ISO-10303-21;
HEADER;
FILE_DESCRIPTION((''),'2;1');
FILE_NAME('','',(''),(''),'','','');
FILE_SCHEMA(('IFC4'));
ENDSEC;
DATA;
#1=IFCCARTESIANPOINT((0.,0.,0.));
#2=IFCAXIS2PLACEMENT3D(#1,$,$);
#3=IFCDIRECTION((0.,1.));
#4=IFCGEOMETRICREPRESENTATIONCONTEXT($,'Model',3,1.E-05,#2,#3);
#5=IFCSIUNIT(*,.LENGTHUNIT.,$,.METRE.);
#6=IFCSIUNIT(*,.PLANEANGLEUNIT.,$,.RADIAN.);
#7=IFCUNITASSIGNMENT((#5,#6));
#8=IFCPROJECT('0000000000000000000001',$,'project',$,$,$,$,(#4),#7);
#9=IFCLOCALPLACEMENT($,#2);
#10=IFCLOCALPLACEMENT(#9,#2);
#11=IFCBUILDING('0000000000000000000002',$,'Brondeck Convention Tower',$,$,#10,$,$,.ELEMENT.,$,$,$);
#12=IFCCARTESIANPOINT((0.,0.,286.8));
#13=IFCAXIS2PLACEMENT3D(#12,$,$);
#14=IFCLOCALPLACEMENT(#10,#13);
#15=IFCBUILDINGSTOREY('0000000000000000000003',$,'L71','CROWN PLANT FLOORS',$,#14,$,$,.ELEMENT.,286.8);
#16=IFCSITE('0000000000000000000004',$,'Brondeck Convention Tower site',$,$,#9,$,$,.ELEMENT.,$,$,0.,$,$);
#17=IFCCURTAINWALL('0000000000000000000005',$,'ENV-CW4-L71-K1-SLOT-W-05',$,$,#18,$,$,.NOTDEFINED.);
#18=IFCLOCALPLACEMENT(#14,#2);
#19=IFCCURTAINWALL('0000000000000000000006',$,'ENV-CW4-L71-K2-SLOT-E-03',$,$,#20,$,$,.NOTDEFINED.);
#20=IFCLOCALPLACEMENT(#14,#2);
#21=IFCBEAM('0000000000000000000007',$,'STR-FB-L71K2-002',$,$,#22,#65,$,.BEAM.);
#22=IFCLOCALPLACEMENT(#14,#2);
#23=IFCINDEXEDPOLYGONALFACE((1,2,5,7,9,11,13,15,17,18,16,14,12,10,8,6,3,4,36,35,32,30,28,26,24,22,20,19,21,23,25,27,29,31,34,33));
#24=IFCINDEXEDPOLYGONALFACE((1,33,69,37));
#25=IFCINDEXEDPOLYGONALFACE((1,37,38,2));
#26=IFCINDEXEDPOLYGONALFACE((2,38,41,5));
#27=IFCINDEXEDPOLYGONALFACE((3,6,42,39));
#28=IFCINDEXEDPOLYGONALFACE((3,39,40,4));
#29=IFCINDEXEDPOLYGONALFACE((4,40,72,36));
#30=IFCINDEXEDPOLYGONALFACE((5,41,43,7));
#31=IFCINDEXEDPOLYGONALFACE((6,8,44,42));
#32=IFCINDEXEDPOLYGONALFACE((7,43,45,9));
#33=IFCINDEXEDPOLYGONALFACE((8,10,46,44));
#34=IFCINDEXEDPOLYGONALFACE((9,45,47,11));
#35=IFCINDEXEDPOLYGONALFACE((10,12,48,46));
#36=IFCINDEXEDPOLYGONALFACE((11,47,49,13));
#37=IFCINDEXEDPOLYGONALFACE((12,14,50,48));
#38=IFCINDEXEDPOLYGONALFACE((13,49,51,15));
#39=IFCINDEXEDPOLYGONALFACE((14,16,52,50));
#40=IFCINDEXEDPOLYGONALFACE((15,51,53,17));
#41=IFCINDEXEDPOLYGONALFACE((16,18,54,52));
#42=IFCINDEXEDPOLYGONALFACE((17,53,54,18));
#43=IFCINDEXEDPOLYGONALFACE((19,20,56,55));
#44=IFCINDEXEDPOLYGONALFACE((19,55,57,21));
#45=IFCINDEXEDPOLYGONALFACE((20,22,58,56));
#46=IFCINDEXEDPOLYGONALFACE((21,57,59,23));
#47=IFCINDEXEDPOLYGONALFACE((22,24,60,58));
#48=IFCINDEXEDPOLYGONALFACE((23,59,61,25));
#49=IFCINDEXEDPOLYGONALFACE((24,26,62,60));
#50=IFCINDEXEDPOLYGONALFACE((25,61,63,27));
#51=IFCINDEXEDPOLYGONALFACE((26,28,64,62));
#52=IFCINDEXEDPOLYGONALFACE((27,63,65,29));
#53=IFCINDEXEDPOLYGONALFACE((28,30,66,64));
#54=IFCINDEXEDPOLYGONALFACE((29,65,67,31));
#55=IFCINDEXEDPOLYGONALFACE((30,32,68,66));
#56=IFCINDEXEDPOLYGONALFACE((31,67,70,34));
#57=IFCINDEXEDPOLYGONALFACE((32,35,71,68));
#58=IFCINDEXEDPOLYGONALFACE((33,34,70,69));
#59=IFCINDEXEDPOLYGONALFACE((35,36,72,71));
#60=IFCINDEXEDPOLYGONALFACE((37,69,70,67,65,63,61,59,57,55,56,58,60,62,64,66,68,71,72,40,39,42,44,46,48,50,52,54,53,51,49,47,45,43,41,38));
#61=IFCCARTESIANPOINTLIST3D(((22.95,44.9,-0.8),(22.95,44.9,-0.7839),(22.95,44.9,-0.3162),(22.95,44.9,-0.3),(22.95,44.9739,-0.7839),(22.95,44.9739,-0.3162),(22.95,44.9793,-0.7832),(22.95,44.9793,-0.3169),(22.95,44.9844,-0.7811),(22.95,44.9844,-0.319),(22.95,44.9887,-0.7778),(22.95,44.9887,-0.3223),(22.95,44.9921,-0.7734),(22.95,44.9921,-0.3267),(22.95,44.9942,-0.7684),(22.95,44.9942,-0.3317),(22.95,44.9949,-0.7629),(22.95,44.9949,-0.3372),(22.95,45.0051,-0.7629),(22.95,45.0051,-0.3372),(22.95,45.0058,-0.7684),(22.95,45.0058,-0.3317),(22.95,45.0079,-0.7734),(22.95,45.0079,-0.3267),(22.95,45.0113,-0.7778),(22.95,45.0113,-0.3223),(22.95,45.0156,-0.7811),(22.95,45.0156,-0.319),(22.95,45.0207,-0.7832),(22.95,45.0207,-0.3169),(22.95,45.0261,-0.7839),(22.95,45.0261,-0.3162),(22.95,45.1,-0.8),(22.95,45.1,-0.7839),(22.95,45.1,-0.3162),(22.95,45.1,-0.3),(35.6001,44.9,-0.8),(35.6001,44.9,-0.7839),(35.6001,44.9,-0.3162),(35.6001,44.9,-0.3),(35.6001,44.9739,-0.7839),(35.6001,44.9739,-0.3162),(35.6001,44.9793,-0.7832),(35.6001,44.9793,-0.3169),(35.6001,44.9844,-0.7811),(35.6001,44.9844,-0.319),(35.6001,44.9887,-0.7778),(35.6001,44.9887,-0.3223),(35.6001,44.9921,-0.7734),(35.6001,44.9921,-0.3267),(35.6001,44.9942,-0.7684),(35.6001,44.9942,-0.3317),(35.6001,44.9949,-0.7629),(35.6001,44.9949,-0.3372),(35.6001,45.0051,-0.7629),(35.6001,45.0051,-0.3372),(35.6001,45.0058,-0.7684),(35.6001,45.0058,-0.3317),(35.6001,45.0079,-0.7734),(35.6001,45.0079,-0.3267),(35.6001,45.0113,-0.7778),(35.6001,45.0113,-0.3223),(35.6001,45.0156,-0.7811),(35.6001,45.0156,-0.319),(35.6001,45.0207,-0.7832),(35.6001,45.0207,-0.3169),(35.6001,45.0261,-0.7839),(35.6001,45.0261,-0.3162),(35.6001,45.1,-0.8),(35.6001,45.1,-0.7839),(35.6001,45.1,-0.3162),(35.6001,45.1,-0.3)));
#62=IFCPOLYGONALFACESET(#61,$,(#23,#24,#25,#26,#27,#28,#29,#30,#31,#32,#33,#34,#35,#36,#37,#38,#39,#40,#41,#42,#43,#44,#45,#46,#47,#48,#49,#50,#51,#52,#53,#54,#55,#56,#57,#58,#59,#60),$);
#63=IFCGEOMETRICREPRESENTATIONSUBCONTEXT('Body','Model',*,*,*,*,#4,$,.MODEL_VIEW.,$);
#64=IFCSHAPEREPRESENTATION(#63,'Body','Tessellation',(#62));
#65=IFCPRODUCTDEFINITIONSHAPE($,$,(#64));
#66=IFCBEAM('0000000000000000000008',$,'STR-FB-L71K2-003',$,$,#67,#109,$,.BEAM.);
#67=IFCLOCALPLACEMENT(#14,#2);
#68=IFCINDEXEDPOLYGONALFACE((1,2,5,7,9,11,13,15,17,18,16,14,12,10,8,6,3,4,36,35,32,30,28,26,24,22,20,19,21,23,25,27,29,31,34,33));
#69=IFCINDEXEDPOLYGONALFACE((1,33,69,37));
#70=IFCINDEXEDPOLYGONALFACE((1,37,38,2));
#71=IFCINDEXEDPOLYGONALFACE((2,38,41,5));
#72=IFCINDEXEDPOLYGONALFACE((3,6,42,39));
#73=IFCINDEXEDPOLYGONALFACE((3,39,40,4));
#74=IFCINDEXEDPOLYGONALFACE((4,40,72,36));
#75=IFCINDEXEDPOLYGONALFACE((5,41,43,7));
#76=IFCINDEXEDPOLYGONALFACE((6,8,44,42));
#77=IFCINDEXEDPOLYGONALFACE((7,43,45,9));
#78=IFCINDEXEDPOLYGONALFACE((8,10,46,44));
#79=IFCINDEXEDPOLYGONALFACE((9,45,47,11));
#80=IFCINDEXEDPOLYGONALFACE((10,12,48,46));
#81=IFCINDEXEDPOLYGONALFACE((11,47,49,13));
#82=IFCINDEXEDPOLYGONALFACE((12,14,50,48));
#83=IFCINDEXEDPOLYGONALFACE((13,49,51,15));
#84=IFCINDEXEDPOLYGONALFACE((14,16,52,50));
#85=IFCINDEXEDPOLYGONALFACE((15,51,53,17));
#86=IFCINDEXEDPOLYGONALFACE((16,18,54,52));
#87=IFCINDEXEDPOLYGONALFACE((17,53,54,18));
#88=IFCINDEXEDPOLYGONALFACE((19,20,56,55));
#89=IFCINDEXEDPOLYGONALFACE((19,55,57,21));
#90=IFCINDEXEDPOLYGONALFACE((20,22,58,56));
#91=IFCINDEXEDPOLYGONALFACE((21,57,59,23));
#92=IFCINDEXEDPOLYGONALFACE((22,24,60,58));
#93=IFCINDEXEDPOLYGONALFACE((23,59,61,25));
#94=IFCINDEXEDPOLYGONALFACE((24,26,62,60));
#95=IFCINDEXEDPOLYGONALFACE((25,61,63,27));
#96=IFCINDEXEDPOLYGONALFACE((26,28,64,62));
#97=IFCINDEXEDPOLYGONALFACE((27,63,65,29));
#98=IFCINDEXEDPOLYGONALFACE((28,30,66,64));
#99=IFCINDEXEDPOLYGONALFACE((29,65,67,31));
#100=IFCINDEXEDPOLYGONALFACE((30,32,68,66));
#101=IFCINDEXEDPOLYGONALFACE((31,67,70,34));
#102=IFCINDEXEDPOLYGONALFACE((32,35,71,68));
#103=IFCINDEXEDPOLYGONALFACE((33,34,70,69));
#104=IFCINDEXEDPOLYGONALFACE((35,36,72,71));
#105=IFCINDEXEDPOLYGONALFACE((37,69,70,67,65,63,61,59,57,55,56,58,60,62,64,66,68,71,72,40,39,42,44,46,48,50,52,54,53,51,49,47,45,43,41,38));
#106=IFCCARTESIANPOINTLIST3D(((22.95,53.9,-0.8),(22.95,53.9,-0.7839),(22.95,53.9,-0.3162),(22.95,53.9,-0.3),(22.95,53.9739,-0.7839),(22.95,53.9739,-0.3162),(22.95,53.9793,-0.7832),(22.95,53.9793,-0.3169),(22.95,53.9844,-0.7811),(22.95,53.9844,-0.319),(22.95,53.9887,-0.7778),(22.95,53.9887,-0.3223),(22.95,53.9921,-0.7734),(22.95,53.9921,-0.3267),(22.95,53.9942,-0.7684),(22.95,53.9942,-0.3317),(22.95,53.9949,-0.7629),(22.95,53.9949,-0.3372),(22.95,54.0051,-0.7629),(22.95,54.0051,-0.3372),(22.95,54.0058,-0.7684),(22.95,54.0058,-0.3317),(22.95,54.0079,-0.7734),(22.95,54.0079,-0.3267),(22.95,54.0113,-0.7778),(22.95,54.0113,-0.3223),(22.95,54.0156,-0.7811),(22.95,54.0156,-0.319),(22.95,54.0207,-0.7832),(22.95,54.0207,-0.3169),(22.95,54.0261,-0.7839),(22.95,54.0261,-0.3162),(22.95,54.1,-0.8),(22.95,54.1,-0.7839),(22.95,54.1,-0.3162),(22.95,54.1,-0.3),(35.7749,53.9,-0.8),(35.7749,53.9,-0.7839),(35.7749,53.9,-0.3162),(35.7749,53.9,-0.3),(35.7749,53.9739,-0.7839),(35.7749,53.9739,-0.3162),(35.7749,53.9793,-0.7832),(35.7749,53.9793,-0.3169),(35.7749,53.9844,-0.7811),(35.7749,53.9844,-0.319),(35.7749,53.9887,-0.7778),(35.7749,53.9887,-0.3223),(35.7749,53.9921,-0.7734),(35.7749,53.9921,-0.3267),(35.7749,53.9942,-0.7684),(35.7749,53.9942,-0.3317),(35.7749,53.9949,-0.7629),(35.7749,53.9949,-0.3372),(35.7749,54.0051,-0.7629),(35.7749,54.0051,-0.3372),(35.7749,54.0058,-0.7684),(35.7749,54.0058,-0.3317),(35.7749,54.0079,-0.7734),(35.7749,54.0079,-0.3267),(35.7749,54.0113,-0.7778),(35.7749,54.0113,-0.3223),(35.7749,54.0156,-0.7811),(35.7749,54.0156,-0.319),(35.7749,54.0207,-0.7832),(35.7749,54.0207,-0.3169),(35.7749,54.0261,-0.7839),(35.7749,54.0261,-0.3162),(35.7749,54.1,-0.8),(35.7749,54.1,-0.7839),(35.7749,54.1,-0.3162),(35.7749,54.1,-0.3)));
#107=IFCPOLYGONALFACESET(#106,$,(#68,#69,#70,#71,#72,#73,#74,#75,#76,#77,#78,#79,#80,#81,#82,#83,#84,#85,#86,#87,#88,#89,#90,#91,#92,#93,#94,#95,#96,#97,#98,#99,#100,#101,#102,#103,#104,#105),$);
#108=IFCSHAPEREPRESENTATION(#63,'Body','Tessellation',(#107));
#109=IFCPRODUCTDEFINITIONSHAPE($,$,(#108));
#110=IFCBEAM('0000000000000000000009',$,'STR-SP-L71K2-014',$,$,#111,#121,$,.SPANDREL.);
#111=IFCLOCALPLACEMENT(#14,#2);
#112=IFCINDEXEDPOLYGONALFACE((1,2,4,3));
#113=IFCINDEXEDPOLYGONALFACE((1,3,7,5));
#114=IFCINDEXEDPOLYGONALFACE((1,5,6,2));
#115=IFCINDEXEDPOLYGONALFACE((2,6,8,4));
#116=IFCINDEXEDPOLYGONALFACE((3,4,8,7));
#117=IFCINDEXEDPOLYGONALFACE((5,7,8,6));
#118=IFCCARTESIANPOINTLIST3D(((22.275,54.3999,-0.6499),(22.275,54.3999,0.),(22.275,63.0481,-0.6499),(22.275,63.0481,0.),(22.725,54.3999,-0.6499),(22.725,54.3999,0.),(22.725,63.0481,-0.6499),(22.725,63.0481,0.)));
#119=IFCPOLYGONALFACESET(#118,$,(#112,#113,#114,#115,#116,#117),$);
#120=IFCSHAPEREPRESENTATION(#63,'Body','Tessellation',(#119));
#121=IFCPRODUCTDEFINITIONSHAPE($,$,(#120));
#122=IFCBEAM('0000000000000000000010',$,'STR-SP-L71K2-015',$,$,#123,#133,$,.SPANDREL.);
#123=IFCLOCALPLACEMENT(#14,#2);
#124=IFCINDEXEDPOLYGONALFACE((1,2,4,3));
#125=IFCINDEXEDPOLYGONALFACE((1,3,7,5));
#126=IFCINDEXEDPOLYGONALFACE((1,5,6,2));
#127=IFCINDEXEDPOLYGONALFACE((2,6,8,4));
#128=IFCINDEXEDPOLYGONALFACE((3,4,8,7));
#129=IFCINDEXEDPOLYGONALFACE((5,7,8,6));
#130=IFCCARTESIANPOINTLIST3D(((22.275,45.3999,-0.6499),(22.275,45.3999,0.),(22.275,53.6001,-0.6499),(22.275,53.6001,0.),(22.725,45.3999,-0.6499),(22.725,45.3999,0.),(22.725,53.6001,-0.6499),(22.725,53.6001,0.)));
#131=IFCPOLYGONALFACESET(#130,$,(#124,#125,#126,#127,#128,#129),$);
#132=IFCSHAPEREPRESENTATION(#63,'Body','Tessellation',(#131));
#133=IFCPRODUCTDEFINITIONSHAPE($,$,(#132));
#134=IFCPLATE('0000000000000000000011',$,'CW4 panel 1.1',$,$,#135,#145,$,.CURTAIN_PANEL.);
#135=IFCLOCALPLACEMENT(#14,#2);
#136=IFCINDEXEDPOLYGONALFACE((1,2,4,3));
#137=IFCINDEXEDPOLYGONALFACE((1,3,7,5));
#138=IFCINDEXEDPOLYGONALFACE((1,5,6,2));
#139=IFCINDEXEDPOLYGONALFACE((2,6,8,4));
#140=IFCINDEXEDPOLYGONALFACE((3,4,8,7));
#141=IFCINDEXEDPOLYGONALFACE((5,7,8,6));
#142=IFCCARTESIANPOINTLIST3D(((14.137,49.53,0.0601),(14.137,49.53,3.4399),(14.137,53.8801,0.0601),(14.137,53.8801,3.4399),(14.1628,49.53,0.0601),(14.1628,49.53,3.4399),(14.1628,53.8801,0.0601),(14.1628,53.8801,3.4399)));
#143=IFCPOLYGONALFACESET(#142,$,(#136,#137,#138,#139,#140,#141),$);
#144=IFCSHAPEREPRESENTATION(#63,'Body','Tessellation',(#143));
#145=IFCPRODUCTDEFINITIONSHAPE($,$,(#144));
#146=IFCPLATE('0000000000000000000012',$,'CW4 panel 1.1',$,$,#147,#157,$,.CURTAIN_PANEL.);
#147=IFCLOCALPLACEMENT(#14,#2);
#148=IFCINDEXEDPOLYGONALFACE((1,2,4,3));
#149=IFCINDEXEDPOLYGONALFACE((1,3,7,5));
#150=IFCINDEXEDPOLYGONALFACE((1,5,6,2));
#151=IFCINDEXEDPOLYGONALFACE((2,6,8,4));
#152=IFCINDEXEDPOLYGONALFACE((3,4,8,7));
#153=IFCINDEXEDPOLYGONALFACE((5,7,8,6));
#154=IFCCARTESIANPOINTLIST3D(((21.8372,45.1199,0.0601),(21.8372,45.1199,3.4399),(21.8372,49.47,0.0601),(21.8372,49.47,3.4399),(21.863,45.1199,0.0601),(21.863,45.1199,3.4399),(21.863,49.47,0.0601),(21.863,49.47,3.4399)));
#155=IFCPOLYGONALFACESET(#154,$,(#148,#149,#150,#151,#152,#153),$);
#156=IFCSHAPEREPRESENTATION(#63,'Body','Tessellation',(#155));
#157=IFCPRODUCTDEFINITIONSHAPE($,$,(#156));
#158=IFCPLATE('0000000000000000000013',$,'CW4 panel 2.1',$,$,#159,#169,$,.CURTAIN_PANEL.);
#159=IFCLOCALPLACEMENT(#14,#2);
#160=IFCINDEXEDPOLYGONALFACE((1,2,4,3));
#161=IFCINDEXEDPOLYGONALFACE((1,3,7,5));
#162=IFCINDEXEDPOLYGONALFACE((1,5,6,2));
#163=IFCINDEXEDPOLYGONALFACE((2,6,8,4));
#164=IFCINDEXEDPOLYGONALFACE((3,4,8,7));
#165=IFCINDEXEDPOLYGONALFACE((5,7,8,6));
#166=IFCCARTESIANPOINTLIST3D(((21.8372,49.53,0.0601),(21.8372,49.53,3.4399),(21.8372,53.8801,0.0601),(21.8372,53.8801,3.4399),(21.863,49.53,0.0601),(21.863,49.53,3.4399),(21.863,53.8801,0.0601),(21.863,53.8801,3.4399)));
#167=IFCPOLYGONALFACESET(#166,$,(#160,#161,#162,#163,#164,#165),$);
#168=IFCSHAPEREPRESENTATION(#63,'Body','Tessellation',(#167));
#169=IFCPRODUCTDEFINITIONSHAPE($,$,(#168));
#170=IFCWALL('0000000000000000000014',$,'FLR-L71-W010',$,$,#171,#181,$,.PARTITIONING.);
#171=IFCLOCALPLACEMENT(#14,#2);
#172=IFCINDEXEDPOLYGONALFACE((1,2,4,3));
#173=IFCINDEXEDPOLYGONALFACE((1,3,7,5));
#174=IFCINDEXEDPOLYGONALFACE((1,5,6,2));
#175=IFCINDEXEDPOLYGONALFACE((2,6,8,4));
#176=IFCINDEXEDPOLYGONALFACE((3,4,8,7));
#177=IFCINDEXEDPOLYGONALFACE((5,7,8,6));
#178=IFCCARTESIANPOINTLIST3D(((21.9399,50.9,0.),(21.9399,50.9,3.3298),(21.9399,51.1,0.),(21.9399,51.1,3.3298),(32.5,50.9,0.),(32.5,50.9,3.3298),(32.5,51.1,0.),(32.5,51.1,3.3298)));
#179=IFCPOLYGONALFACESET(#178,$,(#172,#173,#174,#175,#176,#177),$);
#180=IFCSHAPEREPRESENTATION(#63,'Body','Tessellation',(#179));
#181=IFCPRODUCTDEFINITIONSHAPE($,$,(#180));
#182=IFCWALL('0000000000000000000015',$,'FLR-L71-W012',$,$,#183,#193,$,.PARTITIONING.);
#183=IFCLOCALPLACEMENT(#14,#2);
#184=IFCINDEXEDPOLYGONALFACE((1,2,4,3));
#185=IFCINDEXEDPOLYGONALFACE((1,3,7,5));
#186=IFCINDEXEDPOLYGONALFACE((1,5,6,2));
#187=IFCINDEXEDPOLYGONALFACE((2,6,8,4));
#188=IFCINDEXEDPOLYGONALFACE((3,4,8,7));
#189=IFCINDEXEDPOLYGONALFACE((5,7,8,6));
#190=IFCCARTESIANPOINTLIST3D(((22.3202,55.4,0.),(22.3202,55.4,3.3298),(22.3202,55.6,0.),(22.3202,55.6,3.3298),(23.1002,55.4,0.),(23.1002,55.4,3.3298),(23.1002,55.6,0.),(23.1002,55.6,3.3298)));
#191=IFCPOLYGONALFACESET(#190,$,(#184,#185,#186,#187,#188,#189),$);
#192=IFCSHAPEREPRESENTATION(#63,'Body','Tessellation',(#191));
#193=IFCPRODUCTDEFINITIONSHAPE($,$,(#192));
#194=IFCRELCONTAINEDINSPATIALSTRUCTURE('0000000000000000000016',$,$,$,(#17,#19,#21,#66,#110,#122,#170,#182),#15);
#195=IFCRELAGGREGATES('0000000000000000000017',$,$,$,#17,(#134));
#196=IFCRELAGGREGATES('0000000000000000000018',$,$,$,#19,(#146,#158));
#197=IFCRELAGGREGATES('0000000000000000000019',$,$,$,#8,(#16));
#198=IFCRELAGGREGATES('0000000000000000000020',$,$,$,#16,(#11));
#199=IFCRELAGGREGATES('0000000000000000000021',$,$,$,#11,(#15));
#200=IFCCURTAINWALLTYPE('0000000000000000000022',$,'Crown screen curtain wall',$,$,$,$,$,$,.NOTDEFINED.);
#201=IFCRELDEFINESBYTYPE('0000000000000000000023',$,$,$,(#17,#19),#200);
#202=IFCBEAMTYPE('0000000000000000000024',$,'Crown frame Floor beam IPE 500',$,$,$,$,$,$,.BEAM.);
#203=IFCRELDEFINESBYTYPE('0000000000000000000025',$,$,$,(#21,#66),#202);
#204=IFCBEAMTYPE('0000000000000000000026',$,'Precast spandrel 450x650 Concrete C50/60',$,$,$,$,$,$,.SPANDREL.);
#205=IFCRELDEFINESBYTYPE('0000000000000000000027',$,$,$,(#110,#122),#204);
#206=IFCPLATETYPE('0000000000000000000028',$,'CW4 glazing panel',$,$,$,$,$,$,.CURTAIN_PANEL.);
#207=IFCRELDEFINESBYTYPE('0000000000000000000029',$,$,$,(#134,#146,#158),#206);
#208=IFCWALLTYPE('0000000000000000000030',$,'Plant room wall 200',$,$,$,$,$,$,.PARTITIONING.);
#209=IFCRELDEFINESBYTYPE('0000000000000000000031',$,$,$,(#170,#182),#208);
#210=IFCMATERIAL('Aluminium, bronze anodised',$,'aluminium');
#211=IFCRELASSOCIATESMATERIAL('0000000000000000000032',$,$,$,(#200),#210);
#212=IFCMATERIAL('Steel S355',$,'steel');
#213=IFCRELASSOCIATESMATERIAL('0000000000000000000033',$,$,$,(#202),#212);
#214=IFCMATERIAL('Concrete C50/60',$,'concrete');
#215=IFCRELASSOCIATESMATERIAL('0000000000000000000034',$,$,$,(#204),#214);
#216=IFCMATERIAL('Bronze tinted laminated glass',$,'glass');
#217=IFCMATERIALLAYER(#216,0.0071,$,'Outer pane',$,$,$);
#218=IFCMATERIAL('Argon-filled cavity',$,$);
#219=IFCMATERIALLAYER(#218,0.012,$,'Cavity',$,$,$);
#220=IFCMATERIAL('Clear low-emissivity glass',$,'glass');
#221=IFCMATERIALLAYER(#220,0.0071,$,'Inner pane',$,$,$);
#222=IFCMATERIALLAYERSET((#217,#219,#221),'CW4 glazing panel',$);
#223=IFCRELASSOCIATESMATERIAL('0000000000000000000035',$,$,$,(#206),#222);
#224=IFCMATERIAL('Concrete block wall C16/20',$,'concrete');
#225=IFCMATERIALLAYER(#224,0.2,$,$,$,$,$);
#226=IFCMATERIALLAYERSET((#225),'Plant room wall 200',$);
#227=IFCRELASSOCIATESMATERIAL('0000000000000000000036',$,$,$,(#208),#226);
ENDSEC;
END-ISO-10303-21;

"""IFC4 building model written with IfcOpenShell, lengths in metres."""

from ifc_helpers import new_model, si_unit, direction, frame, frame_2d, origin, origin_2d, place, context, subcontext, project, spatial, rectangle, i_section, extrude, material, layer, layer_set, material_profile, profile_set, type_object, element, aggregate, save


model = new_model("IFC4")

# Units and contexts
model_context = context("Model", 3, precision=1e-05, world=origin(), true_north=direction((0.0, 1.0)))
body_context = subcontext(model_context, "Body", "Model", "MODEL_VIEW")
ifc_project = project(units=[si_unit("LENGTHUNIT", "METRE"), si_unit("PLANEANGLEUNIT", "RADIAN")], contexts=[model_context])

# Site, building, storey
site_placement = place(None, origin())
site = spatial("IfcSite", under=ifc_project, at=site_placement, Name="Brondeck Convention Tower site", CompositionType="ELEMENT", RefElevation=0.0)
building_placement = place(site_placement, origin())
building = spatial("IfcBuilding", under=site, at=building_placement, Name="Brondeck Convention Tower", CompositionType="ELEMENT")
storey_placement = place(building_placement, frame((0.0, 0.0, 286.8)))
storey = spatial("IfcBuildingStorey", under=building, at=storey_placement, Name="L71", Description="CROWN PLANT FLOORS", CompositionType="ELEMENT", Elevation=286.8)

# Shared definitions
ifc_material_1 = material(Name="Concrete C50/60", Category="concrete")

# Curtain walls
ifc_material_2 = material(Name="Aluminium, bronze anodised", Category="aluminium")
curtain_wall_type = type_object("IfcCurtainWallType", Name="Crown screen curtain wall", PredefinedType="NOTDEFINED", material=ifc_material_2)
curtain_wall_1_placement = place(storey_placement, origin())
curtain_wall_1 = element("IfcCurtainWall", 1, at=curtain_wall_1_placement, inside=storey, type_object=curtain_wall_type, Name="ENV-CW4-L71-K1-SLOT-W-05", PredefinedType="NOTDEFINED")
curtain_wall_2_placement = place(storey_placement, origin())
curtain_wall_2 = element("IfcCurtainWall", 2, at=curtain_wall_2_placement, inside=storey, type_object=curtain_wall_type, Name="ENV-CW4-L71-K2-SLOT-E-03", PredefinedType="NOTDEFINED")

# Beams
ifc_material_3 = material(Name="Steel S355", Category="steel")
ifc_material_profile_1 = material_profile(ifc_material_3, i_section(OverallWidth=0.2, OverallDepth=0.5, WebThickness=0.0103, FlangeThickness=0.0161, FilletRadius=0.021, at=origin_2d()), Name="IPE 500")
ifc_profile_set_1 = profile_set([ifc_material_profile_1], Name="Steel S355")
beam_type_1 = type_object("IfcBeamType", Name="Crown frame Floor beam IPE 500", PredefinedType="BEAM", material=ifc_profile_set_1)
beam_1_placement = place(storey_placement, frame((22.95, 45.0, -0.55), z_axis=(1.0, 0.0, 0.0), x_axis=(0.0, 1.0, 0.0)))
element("IfcBeam", 3, at=beam_1_placement, inside=storey, type_object=beam_type_1, Name="STR-FB-L71K2-002", PredefinedType="BEAM", context=body_context, shape_type="SweptSolid", body=[
    extrude(i_section(OverallWidth=0.2, OverallDepth=0.5, WebThickness=0.0103, FlangeThickness=0.0161, FilletRadius=0.021, at=origin_2d()), origin(), (0.0, 0.0, 1.0), 12.6501),
])
beam_2_placement = place(storey_placement, frame((22.95, 54.0, -0.55), z_axis=(1.0, 0.0, 0.0), x_axis=(0.0, 1.0, 0.0)))
element("IfcBeam", 4, at=beam_2_placement, inside=storey, type_object=beam_type_1, Name="STR-FB-L71K2-003", PredefinedType="BEAM", context=body_context, shape_type="SweptSolid", body=[
    extrude(i_section(OverallWidth=0.2, OverallDepth=0.5, WebThickness=0.0103, FlangeThickness=0.0161, FilletRadius=0.021, at=origin_2d()), origin(), (0.0, 0.0, 1.0), 12.825),
])
ifc_material_profile_2 = material_profile(ifc_material_1, rectangle(XDim=0.45, YDim=0.6499, at=origin_2d()), Name="Precast spandrel 450x650 Concrete C50/60")
ifc_profile_set_2 = profile_set([ifc_material_profile_2], Name="Concrete C50/60")
beam_type_2 = type_object("IfcBeamType", Name="Precast spandrel 450x650 Concrete C50/60", PredefinedType="SPANDREL", material=ifc_profile_set_2)
beam_3_placement = place(storey_placement, frame((22.5, 63.0481, -0.325), z_axis=(0.0, -1.0, 0.0), x_axis=(1.0, 0.0, 0.0)))
element("IfcBeam", 5, at=beam_3_placement, inside=storey, type_object=beam_type_2, Name="STR-SP-L71K2-014", PredefinedType="SPANDREL", context=body_context, shape_type="SweptSolid", body=[
    extrude(rectangle(XDim=0.45, YDim=0.6499, at=origin_2d()), origin(), (0.0, 0.0, 1.0), 8.6482),
])
beam_4_placement = place(storey_placement, frame((22.5, 53.6001, -0.325), z_axis=(0.0, -1.0, 0.0), x_axis=(1.0, 0.0, 0.0)))
element("IfcBeam", 6, at=beam_4_placement, inside=storey, type_object=beam_type_2, Name="STR-SP-L71K2-015", PredefinedType="SPANDREL", context=body_context, shape_type="SweptSolid", body=[
    extrude(rectangle(XDim=0.45, YDim=0.6499, at=origin_2d()), origin(), (0.0, 0.0, 1.0), 8.2002),
])

# Plates
ifc_material_4 = material(Name="Bronze tinted laminated glass", Category="glass")
ifc_layer_1 = layer(ifc_material_4, 0.0071, Name="Outer pane")
ifc_material_5 = material(Name="Argon-filled cavity")
ifc_layer_2 = layer(ifc_material_5, 0.012, Name="Cavity")
ifc_material_6 = material(Name="Clear low-emissivity glass", Category="glass")
ifc_layer_3 = layer(ifc_material_6, 0.0071, Name="Inner pane")
ifc_layer_set_1 = layer_set([ifc_layer_1, ifc_layer_2, ifc_layer_3], Name="CW4 glazing panel")
plate_type = type_object("IfcPlateType", Name="CW4 glazing panel", PredefinedType="CURTAIN_PANEL", material=ifc_layer_set_1)
plate_1_placement = place(storey_placement, frame((14.1499, 51.7051, 0.0601), z_axis=(0.0, 0.0, 1.0), x_axis=(0.0, -1.0, 0.0)))
plate_1 = element("IfcPlate", 7, at=plate_1_placement, type_object=plate_type, Name="CW4 panel 1.1", PredefinedType="CURTAIN_PANEL", context=body_context, shape_type="SweptSolid", body=[
    extrude(rectangle(XDim=4.3501, YDim=0.0259, at=origin_2d()), origin(), (0.0, 0.0, 1.0), 3.3799),
])
aggregate(curtain_wall_1, [plate_1])
plate_2_placement = place(storey_placement, frame((21.8501, 47.2949, 0.0601), z_axis=(0.0, 0.0, 1.0), x_axis=(0.0, 1.0, 0.0)))
plate_2 = element("IfcPlate", 8, at=plate_2_placement, type_object=plate_type, Name="CW4 panel 1.1", PredefinedType="CURTAIN_PANEL", context=body_context, shape_type="SweptSolid", body=[
    extrude(rectangle(XDim=4.3501, YDim=0.0259, at=origin_2d()), origin(), (0.0, 0.0, 1.0), 3.3799),
])
plate_3_placement = place(storey_placement, frame((21.8501, 51.7051, 0.0601), z_axis=(0.0, 0.0, 1.0), x_axis=(0.0, 1.0, 0.0)))
plate_3 = element("IfcPlate", 9, at=plate_3_placement, type_object=plate_type, Name="CW4 panel 2.1", PredefinedType="CURTAIN_PANEL", context=body_context, shape_type="SweptSolid", body=[
    extrude(rectangle(XDim=4.3501, YDim=0.0259, at=origin_2d()), origin(), (0.0, 0.0, 1.0), 3.3799),
])
aggregate(curtain_wall_2, [plate_2, plate_3])

# Walls
ifc_material_7 = material(Name="Concrete block wall C16/20", Category="concrete")
ifc_layer_4 = layer(ifc_material_7, 0.2)
ifc_layer_set_2 = layer_set([ifc_layer_4], Name="Plant room wall 200")
wall_type_1 = type_object("IfcWallType", Name="Plant room wall 200", PredefinedType="PARTITIONING", material=ifc_layer_set_2)
wall_1_placement = place(storey_placement, frame((21.9399, 51.0, 0.0), z_axis=(0.0, 0.0, 1.0), x_axis=(1.0, 0.0, 0.0)))
element("IfcWall", 10, at=wall_1_placement, inside=storey, type_object=wall_type_1, Name="FLR-L71-W010", PredefinedType="PARTITIONING", context=body_context, shape_type="SweptSolid", body=[
    extrude(rectangle(XDim=10.5601, YDim=0.2, at=frame_2d((5.28, 0.0))), origin(), (0.0, 0.0, 1.0), 3.3298),
])
wall_2_placement = place(storey_placement, frame((22.3201, 55.5, 0.0), z_axis=(0.0, 0.0, 1.0), x_axis=(1.0, 0.0, 0.0)))
element("IfcWall", 11, at=wall_2_placement, inside=storey, type_object=wall_type_1, Name="FLR-L71-W012", PredefinedType="PARTITIONING", context=body_context, shape_type="SweptSolid", body=[
    extrude(rectangle(XDim=0.78, YDim=0.2, at=frame_2d((0.3901, 0.0))), origin(), (0.0, 0.0, 1.0), 3.3298),
])

save(model, "model.ifc")
